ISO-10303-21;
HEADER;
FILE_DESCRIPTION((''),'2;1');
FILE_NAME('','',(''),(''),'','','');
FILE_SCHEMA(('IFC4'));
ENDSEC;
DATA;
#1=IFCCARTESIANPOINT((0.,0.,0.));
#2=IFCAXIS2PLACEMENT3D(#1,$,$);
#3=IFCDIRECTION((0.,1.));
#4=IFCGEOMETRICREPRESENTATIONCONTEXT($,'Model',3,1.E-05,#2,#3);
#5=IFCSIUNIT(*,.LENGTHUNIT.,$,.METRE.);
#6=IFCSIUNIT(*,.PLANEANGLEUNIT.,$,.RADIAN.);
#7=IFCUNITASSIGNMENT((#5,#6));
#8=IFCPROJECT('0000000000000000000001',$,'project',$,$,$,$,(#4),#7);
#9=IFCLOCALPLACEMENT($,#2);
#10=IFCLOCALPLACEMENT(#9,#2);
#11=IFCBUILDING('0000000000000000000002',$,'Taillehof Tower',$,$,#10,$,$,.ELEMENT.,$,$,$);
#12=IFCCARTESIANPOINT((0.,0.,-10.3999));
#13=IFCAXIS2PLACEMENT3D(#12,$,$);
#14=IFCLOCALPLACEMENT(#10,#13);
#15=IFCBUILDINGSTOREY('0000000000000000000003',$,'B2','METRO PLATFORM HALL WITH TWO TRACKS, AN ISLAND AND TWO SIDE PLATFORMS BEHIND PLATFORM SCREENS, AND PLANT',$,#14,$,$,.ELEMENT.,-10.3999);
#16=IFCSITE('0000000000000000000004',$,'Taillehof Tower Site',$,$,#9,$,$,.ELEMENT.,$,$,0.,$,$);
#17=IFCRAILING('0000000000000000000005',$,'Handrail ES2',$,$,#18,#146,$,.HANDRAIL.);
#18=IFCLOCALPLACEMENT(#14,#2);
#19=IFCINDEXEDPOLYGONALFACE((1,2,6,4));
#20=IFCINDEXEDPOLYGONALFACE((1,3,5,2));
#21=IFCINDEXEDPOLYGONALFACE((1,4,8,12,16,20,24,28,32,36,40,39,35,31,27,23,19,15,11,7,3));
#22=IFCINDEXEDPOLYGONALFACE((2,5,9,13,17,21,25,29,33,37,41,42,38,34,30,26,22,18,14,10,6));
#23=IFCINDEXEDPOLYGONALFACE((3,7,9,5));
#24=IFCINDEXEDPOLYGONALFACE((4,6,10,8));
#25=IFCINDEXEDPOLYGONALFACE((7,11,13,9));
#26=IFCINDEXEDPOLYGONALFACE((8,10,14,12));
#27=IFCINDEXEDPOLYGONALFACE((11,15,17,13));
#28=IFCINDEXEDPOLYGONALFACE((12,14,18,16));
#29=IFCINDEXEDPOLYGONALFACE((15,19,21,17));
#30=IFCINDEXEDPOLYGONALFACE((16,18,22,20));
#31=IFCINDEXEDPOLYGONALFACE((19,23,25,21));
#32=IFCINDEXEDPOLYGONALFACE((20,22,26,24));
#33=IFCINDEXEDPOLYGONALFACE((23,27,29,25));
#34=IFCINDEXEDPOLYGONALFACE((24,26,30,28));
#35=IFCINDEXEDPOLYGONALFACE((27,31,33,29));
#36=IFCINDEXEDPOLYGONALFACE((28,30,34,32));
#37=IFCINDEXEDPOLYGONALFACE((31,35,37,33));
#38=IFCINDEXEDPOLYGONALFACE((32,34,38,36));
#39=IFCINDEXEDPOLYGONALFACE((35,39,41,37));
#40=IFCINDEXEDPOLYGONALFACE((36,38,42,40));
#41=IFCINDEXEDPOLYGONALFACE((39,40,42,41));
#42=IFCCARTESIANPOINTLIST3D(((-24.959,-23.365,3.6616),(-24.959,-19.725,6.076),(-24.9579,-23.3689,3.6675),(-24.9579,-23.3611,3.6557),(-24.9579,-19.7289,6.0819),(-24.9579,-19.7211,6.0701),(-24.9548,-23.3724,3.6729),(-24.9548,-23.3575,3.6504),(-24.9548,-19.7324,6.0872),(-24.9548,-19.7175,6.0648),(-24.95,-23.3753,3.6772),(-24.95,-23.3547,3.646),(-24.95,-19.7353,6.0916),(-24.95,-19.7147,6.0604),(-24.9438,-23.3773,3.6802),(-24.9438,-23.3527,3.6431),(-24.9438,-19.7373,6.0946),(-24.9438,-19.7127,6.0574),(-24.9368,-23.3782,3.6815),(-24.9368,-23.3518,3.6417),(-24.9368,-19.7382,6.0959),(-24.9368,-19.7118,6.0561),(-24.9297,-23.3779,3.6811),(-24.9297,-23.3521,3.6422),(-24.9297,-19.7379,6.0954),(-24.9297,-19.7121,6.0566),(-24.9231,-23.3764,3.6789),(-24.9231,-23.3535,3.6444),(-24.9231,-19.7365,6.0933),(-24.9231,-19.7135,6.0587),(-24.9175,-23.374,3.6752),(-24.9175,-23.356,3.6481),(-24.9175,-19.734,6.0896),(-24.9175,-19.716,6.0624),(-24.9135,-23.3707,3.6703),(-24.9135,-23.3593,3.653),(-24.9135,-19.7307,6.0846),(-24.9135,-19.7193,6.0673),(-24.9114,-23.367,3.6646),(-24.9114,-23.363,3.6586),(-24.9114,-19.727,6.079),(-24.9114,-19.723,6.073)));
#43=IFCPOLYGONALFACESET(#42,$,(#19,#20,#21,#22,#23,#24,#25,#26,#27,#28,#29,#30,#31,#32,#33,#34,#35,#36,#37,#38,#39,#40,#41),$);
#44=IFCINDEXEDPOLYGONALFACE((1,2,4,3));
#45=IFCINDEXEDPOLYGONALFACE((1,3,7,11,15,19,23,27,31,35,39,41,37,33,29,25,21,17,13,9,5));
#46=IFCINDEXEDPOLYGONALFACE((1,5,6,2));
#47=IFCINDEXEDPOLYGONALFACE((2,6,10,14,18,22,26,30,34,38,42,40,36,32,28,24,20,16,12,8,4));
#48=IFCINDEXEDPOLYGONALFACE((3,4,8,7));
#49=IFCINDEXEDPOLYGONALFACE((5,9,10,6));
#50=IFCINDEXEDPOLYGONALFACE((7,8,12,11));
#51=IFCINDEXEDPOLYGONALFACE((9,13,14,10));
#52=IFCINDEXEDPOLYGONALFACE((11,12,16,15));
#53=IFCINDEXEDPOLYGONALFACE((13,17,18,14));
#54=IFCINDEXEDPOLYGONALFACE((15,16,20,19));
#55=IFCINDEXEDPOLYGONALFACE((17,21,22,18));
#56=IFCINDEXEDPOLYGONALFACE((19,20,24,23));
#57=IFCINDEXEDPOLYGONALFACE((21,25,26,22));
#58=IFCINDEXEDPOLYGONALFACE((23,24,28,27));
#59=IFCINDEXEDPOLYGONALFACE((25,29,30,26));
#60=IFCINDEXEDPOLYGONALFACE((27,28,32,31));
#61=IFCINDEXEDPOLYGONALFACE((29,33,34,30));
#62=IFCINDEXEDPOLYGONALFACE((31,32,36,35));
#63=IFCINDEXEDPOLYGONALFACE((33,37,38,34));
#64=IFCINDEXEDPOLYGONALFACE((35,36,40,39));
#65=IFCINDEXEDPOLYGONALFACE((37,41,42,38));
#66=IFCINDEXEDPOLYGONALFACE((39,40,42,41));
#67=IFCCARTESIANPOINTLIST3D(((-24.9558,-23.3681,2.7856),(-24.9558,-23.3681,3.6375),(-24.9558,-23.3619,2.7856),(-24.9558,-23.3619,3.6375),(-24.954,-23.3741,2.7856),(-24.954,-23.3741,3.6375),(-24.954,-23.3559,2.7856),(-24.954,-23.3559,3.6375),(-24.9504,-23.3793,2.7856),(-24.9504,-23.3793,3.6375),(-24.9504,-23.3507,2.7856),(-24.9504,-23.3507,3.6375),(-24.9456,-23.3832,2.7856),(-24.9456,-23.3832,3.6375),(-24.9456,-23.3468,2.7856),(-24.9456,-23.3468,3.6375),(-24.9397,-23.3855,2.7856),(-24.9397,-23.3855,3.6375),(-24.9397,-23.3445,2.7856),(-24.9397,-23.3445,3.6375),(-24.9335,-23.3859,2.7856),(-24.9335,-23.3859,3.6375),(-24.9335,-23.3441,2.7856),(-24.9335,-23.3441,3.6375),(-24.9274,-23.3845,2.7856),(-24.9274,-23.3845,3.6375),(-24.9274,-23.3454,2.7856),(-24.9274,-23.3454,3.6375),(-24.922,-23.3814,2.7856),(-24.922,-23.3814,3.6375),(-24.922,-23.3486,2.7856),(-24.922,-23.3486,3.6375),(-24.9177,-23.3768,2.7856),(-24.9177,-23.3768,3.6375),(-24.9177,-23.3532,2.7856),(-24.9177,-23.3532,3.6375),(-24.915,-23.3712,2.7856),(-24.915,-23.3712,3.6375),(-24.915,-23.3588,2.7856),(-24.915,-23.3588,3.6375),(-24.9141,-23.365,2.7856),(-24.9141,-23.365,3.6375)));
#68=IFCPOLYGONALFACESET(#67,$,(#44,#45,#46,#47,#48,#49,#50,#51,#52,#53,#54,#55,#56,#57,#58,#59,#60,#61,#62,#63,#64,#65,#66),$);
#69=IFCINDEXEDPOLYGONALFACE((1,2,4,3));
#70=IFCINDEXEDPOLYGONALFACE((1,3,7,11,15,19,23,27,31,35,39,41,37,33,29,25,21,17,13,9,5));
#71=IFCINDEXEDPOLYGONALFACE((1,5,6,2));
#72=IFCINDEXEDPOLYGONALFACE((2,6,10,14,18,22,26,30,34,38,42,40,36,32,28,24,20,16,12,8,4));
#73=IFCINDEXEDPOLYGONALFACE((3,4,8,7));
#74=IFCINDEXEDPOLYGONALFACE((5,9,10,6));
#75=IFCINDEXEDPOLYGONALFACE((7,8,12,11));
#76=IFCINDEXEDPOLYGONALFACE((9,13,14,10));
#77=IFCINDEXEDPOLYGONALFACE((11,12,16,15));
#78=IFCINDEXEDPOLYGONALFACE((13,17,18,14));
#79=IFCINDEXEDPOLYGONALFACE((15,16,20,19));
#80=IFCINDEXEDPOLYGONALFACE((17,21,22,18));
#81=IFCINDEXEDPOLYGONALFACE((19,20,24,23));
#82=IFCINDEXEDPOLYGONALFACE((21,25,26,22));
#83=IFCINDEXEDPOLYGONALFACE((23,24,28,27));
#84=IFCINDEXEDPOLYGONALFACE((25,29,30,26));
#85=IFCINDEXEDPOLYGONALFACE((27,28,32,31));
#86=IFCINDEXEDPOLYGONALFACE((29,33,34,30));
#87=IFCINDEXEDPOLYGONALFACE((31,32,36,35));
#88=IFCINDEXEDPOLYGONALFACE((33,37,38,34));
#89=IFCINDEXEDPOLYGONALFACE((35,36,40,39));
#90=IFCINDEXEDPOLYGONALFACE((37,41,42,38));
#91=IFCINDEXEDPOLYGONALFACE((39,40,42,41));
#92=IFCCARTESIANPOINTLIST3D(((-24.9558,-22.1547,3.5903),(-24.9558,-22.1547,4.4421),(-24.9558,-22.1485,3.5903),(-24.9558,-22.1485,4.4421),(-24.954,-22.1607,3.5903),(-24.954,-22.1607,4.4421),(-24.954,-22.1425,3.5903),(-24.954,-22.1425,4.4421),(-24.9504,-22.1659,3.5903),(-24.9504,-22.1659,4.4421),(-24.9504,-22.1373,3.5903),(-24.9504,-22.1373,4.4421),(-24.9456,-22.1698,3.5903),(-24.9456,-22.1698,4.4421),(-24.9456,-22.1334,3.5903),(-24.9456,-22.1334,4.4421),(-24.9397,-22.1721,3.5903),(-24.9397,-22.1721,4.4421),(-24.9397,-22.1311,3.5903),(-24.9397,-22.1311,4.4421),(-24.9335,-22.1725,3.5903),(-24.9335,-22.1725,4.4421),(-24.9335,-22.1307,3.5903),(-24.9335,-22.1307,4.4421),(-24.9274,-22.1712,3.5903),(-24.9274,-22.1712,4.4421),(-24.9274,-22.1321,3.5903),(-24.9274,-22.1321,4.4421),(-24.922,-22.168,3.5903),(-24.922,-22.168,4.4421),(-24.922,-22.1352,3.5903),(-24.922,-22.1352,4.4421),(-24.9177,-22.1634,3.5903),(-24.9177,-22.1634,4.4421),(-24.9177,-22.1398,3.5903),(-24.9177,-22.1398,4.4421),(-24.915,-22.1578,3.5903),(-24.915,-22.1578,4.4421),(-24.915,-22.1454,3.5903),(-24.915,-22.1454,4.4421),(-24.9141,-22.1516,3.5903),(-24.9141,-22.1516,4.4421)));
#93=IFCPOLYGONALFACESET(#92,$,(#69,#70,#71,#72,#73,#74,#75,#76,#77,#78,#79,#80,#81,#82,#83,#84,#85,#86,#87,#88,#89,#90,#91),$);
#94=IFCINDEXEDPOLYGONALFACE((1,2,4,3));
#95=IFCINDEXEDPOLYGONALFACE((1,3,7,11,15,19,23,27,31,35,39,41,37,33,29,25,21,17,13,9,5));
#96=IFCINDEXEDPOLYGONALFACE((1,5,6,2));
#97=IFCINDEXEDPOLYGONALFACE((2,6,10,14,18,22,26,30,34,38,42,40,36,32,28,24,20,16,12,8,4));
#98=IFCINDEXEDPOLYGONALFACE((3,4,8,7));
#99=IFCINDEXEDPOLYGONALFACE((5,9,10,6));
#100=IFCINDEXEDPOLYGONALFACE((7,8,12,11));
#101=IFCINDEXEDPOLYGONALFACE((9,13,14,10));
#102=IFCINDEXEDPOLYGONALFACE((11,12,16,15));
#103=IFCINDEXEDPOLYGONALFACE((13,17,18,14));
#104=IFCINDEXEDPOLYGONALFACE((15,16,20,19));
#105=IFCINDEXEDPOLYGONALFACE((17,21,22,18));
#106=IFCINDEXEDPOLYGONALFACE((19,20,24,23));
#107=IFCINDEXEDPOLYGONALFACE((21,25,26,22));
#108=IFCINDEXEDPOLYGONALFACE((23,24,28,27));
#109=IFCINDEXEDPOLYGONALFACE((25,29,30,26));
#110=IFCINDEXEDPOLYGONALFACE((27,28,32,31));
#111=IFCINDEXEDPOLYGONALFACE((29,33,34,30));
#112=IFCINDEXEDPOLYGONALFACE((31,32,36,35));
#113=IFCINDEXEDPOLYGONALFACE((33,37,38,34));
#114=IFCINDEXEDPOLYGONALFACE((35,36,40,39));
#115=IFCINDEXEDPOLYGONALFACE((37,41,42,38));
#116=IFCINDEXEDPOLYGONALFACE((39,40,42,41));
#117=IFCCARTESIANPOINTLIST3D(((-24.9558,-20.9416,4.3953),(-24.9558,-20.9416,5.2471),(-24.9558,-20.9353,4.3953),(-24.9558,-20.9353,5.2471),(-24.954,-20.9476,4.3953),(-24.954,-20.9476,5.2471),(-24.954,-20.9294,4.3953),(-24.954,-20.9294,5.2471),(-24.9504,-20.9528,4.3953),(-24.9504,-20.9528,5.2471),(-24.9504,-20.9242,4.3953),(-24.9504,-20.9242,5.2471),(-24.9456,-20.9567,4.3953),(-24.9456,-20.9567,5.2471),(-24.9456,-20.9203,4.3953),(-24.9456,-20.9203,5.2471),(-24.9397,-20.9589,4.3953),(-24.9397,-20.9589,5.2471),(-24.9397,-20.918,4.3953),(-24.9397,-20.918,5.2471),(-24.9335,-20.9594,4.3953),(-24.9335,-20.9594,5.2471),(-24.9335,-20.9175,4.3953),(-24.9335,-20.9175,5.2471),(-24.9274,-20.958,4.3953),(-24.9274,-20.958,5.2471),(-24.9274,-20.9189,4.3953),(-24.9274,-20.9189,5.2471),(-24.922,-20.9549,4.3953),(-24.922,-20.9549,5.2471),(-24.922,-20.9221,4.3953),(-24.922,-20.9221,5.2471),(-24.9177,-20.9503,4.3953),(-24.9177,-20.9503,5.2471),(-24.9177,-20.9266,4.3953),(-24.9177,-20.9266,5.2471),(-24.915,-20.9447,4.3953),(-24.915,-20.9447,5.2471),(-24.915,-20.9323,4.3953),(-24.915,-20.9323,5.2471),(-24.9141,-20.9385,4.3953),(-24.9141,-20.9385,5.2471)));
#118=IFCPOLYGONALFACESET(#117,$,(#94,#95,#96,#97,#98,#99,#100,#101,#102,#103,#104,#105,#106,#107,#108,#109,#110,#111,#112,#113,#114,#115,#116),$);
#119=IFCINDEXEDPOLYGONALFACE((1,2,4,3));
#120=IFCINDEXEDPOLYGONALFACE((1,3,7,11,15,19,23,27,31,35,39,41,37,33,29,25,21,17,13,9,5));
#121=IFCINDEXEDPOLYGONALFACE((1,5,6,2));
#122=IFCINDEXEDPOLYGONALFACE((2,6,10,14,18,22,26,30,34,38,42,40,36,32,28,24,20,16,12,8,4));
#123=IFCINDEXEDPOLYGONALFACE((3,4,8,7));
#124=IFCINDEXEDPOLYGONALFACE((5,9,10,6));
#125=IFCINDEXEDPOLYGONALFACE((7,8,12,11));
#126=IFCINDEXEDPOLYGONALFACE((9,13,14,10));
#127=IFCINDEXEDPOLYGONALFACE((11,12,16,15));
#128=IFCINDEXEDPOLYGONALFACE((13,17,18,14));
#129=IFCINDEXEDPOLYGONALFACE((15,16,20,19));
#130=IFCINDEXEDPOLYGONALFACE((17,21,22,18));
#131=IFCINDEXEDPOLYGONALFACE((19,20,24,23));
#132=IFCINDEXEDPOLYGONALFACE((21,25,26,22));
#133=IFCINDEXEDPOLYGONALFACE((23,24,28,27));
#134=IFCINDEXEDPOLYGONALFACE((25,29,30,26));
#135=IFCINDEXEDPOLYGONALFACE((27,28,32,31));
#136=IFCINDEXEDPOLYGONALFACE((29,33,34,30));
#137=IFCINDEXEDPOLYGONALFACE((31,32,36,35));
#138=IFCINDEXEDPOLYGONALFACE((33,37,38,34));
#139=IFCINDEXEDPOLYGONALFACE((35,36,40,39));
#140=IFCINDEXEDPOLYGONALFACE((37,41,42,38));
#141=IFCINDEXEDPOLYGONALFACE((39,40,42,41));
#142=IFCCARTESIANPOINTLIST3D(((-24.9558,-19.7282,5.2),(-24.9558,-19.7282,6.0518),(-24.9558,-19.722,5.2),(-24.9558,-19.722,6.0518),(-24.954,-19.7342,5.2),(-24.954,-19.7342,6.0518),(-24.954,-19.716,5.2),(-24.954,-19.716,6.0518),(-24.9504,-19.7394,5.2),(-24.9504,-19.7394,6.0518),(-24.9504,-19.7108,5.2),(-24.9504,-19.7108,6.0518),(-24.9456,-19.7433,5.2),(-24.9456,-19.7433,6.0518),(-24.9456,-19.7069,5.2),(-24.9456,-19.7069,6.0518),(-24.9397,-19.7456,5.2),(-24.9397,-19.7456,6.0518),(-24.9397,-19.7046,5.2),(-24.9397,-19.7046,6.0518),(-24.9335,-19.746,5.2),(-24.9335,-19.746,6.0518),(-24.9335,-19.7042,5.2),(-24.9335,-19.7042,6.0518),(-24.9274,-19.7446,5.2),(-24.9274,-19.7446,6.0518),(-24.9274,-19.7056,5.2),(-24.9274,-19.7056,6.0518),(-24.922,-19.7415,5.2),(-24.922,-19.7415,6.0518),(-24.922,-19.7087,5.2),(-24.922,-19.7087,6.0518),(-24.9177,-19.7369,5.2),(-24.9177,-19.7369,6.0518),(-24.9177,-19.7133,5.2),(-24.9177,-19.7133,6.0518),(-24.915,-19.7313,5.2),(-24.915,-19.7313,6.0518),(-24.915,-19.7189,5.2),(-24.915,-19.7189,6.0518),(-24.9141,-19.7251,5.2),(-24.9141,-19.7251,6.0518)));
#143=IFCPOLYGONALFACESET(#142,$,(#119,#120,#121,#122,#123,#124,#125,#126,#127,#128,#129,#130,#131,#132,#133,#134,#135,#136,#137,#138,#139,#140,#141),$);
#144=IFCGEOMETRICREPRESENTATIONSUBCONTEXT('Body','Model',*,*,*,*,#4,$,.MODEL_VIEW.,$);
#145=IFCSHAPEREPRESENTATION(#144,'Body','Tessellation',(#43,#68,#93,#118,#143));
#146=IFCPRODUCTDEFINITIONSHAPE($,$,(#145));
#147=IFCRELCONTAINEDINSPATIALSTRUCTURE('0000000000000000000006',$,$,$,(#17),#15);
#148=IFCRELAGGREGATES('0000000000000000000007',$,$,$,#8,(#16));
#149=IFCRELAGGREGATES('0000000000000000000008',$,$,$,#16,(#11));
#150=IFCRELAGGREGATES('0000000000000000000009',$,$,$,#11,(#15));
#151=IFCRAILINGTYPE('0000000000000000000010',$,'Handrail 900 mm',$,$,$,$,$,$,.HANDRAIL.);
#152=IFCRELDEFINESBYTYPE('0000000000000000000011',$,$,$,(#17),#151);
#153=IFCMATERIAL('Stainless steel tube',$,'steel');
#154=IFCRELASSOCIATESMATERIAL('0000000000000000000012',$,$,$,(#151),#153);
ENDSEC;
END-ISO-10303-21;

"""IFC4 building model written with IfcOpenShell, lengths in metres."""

from ifc_helpers import new_model, si_unit, direction, frame, origin, origin_2d, place, context, subcontext, project, spatial, circle, extrude, material, type_object, element, save


model = new_model("IFC4")

# Units and contexts
model_context = context("Model", 3, precision=1e-05, world=origin(), true_north=direction((0.0, 1.0)))
body_context = subcontext(model_context, "Body", "Model", "MODEL_VIEW")
ifc_project = project(units=[si_unit("LENGTHUNIT", "METRE"), si_unit("PLANEANGLEUNIT", "RADIAN")], contexts=[model_context])

# Site, building, storey
site_placement = place(None, origin())
site = spatial("IfcSite", under=ifc_project, at=site_placement, Name="Taillehof Tower Site", CompositionType="ELEMENT", RefElevation=0.0)
building_placement = place(site_placement, origin())
building = spatial("IfcBuilding", under=site, at=building_placement, Name="Taillehof Tower", CompositionType="ELEMENT")
storey_placement = place(building_placement, frame((0.0, 0.0, -10.3999)))
storey = spatial("IfcBuildingStorey", under=building, at=storey_placement, Name="B2", Description="METRO PLATFORM HALL WITH TWO TRACKS, AN ISLAND AND TWO SIDE PLATFORMS BEHIND PLATFORM SCREENS, AND PLANT", CompositionType="ELEMENT", Elevation=-10.3999)

# Railing
ifc_material_1 = material(Name="Stainless steel tube", Category="steel")
railing_type = type_object("IfcRailingType", Name="Handrail 900 mm", PredefinedType="HANDRAIL", material=ifc_material_1)
for number, where, name in (
    (1, (-24.9351, -23.365, 2.7856), "Handrail ES2"),
):
    element("IfcRailing", number, at=place(storey_placement, frame(where)), inside=storey, type_object=railing_type, Name=name, PredefinedType="HANDRAIL", context=body_context, shape_type="SweptSolid", body=[
        extrude(circle(Radius=0.0239, at=origin_2d()), frame((0.0, 0.0, 0.876), z_axis=(0.0, 0.833347, 0.552751), x_axis=(-1.0, 0.0, 0.0)), (0.0, 0.0, 1.0), 4.3679),
        extrude(circle(Radius=0.021, at=origin_2d()), origin(), (0.0, 0.0, 1.0), 0.8518),
        extrude(circle(Radius=0.021, at=origin_2d()), frame((0.0, 1.2134, 0.8047)), (0.0, 0.0, 1.0), 0.8518),
        extrude(circle(Radius=0.021, at=origin_2d()), frame((0.0, 2.4265, 1.6096)), (0.0, 0.0, 1.0), 0.8518),
        extrude(circle(Radius=0.021, at=origin_2d()), frame((0.0, 3.6399, 2.4143)), (0.0, 0.0, 1.0), 0.8518),
    ])

save(model, "model.ifc")
